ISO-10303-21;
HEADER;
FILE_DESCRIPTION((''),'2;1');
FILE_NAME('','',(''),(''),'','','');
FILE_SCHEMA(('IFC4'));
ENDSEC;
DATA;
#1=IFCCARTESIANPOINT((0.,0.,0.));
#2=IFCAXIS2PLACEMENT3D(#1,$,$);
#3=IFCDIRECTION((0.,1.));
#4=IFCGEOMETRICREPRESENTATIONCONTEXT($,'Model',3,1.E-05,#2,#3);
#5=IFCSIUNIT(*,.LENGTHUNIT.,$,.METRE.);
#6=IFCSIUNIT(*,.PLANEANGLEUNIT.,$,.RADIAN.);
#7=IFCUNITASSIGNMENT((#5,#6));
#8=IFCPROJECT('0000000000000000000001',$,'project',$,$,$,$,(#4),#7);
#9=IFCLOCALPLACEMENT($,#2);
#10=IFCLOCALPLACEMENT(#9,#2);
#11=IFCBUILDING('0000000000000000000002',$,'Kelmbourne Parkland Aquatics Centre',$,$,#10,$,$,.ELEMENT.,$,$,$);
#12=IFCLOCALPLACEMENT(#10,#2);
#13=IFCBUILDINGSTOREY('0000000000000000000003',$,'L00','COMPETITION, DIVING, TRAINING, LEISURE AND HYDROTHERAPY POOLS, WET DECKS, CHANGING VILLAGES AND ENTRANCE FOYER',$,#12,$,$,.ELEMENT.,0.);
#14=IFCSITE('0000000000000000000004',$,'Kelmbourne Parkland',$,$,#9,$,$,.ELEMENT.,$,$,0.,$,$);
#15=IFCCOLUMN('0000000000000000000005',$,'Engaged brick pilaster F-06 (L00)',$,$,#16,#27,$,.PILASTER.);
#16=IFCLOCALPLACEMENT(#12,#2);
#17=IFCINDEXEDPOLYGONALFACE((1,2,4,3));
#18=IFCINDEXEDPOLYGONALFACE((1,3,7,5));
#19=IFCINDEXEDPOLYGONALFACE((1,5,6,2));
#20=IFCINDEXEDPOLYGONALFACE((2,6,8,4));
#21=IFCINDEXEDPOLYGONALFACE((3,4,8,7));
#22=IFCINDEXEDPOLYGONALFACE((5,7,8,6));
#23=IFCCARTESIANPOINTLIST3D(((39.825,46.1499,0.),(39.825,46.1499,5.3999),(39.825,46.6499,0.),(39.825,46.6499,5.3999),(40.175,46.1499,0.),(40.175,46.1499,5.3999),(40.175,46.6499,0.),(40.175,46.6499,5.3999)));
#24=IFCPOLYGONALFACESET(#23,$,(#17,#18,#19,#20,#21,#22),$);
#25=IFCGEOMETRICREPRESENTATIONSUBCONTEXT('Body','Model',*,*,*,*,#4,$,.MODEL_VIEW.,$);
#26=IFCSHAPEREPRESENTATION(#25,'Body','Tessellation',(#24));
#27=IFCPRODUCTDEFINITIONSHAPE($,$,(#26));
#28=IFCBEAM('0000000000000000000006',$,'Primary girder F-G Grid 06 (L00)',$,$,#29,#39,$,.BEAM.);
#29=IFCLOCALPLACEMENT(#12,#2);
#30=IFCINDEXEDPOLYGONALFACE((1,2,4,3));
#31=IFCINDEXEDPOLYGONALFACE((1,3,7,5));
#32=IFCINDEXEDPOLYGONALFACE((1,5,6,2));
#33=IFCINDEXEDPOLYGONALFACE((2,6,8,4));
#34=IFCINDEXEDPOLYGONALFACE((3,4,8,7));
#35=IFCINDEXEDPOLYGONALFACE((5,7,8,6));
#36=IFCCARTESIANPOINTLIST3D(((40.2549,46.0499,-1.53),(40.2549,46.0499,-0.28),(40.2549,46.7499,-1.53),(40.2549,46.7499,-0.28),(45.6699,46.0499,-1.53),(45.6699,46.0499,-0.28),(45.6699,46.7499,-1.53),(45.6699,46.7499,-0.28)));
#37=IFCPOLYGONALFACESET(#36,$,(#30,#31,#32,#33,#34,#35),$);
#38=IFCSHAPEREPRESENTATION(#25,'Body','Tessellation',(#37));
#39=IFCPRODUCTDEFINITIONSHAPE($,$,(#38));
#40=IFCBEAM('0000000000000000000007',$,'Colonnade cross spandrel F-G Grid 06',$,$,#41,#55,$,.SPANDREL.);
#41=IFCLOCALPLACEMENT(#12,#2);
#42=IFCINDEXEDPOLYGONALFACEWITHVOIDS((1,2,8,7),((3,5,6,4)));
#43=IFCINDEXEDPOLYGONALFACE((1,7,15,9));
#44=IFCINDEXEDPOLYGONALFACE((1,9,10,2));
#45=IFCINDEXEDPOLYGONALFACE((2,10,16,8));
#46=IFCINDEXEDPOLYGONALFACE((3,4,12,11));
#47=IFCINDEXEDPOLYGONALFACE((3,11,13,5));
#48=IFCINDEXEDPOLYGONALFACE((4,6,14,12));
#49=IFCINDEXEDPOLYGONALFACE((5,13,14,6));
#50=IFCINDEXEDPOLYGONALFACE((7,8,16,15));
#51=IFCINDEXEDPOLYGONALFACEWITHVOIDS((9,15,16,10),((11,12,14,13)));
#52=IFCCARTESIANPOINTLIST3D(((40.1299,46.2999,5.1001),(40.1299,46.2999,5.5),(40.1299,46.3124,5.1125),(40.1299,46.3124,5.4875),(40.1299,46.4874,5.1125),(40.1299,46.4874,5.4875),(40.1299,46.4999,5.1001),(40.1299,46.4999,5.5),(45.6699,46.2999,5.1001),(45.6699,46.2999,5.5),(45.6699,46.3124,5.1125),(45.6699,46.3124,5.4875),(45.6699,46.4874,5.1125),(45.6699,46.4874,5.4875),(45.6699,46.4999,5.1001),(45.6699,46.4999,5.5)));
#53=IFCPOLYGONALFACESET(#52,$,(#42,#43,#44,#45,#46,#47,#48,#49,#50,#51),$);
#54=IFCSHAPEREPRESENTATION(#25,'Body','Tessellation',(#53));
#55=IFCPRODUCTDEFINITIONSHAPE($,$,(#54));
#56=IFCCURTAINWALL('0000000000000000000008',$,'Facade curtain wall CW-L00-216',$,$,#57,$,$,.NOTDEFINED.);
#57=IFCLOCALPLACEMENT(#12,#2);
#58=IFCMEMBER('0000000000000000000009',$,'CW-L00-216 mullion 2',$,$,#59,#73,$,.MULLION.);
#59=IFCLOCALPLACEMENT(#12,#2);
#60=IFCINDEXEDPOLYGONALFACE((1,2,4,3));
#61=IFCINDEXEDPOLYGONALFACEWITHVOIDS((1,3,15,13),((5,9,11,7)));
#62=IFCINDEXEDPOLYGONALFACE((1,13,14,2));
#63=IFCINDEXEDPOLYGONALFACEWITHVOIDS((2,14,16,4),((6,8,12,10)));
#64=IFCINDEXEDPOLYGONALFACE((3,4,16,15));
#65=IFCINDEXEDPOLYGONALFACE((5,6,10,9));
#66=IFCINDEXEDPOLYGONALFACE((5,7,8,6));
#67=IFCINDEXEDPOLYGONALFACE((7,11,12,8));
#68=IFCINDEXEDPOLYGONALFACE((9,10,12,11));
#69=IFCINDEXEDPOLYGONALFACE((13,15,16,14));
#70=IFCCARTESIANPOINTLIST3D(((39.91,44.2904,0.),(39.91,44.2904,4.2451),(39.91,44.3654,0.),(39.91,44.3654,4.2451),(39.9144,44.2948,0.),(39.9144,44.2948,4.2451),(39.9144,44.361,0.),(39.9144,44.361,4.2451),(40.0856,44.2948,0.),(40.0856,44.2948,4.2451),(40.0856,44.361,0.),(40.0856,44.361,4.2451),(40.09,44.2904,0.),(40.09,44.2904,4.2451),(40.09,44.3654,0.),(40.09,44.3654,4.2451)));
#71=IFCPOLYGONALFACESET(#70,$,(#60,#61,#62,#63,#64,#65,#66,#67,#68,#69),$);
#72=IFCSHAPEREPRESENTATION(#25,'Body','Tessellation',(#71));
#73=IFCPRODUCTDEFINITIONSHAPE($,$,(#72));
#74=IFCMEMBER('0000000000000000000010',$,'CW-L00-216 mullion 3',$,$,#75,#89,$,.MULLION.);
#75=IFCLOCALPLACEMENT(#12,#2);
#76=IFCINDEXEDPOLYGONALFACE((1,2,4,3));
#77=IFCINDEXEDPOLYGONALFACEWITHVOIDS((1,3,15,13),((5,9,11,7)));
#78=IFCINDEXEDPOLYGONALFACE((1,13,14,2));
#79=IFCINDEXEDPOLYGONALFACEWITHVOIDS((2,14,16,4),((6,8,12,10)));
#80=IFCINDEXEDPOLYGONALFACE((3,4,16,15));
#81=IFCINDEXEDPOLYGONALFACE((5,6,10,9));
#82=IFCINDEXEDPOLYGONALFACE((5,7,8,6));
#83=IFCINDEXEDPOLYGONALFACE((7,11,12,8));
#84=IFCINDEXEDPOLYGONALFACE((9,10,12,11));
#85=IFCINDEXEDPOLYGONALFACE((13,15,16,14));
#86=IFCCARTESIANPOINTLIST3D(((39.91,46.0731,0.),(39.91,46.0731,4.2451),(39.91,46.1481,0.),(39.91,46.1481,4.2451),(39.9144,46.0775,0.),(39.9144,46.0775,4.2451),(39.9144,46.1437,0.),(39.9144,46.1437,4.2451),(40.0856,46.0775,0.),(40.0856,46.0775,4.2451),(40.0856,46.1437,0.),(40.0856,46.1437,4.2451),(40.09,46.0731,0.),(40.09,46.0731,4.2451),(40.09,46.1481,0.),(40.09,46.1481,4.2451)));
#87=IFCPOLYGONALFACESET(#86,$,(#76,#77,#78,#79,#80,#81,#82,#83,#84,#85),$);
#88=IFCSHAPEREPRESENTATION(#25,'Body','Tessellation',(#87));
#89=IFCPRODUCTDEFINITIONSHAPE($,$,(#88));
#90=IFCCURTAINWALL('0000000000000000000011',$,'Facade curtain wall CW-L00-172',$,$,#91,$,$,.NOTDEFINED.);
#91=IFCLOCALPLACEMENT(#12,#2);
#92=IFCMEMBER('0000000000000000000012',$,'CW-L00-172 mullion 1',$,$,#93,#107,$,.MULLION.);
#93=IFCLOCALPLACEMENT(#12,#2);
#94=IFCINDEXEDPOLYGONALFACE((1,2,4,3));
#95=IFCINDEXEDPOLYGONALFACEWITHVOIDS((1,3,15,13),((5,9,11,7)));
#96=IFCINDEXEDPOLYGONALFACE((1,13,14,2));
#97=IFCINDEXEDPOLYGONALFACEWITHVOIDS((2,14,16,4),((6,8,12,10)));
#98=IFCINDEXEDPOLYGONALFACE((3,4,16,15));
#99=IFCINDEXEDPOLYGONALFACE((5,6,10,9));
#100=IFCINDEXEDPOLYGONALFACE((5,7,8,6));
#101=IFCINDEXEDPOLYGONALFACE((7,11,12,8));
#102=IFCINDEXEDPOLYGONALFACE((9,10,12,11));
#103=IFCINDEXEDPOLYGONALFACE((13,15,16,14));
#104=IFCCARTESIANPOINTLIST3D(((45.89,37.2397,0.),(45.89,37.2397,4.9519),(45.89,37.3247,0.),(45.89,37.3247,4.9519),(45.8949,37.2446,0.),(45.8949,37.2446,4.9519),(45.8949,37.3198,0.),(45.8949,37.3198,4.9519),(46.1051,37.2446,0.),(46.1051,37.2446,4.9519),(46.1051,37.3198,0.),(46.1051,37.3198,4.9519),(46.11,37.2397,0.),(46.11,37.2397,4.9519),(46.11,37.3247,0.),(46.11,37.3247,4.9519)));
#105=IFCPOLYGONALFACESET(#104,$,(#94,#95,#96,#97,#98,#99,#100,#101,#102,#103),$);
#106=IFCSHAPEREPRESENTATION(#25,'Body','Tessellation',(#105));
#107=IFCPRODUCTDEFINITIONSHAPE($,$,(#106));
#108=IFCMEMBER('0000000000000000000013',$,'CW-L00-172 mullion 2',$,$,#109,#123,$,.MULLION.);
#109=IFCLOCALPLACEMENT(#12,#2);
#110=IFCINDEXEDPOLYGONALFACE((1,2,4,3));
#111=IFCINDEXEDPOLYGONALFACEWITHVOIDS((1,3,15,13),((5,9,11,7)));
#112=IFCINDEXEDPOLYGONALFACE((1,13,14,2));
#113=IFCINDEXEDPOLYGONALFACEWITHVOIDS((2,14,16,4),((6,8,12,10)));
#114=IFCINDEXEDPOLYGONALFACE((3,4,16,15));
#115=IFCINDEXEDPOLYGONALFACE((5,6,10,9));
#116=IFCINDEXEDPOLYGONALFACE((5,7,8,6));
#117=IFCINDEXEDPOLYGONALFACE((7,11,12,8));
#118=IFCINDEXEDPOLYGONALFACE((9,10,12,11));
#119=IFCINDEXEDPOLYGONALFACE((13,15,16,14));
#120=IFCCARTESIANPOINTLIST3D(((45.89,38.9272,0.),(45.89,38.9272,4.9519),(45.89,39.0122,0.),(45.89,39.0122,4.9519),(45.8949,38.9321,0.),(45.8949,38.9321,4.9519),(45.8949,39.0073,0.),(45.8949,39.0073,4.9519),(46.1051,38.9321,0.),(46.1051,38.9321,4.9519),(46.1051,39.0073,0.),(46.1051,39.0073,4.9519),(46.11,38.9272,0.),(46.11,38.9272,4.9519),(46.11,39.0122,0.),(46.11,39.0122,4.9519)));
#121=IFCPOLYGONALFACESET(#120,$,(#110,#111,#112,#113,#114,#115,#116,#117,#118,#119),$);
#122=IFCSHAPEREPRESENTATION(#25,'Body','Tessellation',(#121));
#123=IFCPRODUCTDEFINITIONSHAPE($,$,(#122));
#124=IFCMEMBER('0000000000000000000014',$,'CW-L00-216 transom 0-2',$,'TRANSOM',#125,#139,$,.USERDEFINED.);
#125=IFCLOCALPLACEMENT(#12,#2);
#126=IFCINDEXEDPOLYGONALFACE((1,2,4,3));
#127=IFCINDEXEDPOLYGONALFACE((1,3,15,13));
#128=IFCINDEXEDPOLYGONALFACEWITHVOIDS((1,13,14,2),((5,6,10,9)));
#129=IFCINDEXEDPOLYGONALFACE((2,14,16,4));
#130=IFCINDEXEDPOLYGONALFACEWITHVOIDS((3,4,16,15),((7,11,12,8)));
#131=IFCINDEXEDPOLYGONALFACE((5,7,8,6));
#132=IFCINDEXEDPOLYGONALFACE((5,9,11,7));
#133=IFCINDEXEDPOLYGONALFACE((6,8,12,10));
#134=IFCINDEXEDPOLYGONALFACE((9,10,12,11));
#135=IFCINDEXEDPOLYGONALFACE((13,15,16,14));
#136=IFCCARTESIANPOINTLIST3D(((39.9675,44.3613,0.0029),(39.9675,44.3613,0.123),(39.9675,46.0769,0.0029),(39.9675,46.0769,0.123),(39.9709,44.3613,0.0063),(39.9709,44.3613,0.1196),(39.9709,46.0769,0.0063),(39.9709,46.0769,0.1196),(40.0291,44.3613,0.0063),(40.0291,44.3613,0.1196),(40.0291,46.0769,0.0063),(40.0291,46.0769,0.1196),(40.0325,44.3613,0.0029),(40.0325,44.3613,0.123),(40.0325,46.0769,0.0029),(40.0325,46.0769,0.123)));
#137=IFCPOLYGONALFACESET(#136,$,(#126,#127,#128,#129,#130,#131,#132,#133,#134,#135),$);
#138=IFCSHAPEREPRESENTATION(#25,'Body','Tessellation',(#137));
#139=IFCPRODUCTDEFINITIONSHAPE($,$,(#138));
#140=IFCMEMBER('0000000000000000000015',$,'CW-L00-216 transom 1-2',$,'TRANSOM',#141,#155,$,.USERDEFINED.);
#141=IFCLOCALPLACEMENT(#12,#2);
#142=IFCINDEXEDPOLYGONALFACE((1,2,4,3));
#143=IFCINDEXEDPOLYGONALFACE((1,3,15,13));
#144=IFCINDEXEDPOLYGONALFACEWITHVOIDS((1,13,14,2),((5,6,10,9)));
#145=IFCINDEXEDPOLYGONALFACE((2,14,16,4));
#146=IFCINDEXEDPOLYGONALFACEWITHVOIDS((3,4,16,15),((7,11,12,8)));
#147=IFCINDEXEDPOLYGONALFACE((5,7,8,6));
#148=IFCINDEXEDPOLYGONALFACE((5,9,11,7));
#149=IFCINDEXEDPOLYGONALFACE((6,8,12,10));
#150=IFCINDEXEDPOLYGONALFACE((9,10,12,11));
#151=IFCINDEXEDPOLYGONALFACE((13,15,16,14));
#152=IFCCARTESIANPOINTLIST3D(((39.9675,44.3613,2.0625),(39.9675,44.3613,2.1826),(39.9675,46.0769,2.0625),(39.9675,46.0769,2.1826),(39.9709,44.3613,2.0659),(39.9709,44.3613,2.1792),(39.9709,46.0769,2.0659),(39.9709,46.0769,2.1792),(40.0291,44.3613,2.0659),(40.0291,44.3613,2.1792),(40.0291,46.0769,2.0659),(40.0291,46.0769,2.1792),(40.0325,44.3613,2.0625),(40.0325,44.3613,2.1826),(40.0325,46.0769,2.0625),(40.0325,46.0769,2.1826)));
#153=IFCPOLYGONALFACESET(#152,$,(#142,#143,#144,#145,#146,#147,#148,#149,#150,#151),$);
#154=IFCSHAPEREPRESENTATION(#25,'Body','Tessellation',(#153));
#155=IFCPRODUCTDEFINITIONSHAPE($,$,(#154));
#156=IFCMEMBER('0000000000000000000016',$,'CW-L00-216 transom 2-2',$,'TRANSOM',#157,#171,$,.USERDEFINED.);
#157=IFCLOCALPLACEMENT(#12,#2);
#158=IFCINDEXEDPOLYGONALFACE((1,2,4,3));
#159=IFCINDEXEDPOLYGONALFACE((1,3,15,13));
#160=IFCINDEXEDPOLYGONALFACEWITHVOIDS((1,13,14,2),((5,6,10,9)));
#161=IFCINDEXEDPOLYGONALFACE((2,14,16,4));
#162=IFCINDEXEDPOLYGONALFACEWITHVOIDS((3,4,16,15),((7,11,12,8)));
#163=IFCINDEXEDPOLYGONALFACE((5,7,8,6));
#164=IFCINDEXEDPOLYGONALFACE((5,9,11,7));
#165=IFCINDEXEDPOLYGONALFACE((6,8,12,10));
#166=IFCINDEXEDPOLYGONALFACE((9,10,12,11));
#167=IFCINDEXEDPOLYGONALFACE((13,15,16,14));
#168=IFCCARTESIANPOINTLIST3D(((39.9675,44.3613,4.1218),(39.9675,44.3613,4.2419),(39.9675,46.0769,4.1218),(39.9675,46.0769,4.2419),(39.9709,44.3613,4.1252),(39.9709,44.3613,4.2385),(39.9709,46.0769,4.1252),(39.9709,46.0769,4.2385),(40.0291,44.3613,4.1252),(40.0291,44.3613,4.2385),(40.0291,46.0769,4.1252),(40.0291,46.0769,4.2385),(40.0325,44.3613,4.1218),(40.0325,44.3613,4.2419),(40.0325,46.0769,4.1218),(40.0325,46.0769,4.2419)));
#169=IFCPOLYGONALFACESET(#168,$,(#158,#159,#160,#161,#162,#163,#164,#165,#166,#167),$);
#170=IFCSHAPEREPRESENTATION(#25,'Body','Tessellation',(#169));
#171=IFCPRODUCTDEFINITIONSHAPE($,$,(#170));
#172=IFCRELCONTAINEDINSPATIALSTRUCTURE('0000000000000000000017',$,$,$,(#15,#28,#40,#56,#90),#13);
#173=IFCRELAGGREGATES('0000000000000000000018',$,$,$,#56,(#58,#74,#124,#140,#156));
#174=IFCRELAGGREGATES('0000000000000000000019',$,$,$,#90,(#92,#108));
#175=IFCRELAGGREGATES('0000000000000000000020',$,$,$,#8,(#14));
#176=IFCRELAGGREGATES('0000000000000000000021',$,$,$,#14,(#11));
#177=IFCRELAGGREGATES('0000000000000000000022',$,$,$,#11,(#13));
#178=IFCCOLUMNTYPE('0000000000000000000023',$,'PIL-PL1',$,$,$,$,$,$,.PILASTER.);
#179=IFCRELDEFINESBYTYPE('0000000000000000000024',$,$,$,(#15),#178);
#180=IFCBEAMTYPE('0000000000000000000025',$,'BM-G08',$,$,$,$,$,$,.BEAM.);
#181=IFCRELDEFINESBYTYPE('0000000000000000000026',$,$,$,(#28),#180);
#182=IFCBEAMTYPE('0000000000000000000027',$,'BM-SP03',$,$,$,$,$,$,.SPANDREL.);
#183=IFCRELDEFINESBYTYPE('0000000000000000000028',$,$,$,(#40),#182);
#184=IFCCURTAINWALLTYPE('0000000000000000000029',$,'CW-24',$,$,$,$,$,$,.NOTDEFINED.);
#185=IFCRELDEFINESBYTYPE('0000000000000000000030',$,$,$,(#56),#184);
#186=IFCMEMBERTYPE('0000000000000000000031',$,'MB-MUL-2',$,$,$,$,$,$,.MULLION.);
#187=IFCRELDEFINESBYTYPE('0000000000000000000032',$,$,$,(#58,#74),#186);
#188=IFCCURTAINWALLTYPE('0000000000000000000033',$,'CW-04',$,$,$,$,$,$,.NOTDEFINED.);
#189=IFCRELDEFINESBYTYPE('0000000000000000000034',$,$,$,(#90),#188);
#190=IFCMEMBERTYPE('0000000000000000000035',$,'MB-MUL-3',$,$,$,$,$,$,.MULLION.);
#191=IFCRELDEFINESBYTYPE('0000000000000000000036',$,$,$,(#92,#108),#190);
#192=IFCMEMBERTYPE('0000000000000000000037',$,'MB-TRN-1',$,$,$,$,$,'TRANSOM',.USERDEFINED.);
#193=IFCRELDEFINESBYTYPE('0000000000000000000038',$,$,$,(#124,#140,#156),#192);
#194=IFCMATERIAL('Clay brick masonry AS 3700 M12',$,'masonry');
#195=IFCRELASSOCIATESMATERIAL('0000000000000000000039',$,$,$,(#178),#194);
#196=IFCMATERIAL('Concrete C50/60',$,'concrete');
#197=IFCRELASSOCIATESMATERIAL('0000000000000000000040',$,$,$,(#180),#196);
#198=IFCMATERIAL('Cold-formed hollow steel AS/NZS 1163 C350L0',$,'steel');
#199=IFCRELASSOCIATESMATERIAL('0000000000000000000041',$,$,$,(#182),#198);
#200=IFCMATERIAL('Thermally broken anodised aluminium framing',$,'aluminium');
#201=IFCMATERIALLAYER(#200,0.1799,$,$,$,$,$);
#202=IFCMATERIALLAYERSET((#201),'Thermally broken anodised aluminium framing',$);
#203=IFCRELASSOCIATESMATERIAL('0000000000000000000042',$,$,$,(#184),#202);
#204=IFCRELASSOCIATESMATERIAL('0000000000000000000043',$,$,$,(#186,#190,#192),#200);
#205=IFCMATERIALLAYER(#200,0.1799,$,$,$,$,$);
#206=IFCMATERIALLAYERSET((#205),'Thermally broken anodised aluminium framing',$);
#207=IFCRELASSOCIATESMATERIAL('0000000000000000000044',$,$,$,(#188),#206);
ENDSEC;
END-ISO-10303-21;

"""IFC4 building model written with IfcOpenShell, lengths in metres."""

from ifc_helpers import new_model, si_unit, direction, frame, origin, origin_2d, place, context, subcontext, project, spatial, rectangle, hollow_rectangle, extrude, material, layer, layer_set, material_profile, profile_set, type_object, element, aggregate, save


model = new_model("IFC4")

# Units and contexts
model_context = context("Model", 3, precision=1e-05, world=origin(), true_north=direction((0.0, 1.0)))
body_context = subcontext(model_context, "Body", "Model", "MODEL_VIEW")
ifc_project = project(units=[si_unit("LENGTHUNIT", "METRE"), si_unit("PLANEANGLEUNIT", "RADIAN")], contexts=[model_context])

# Site, building, storey
site_placement = place(None, origin())
site = spatial("IfcSite", under=ifc_project, at=site_placement, Name="Kelmbourne Parkland", CompositionType="ELEMENT", RefElevation=0.0)
building_placement = place(site_placement, origin())
building = spatial("IfcBuilding", under=site, at=building_placement, Name="Kelmbourne Parkland Aquatics Centre", CompositionType="ELEMENT")
storey_placement = place(building_placement, origin())
storey = spatial("IfcBuildingStorey", under=building, at=storey_placement, Name="L00", Description="COMPETITION, DIVING, TRAINING, LEISURE AND HYDROTHERAPY POOLS, WET DECKS, CHANGING VILLAGES AND ENTRANCE FOYER", CompositionType="ELEMENT", Elevation=0.0)

# Column
ifc_material_1 = material(Name="Clay brick masonry AS 3700 M12", Category="masonry")
ifc_material_profile_1 = material_profile(ifc_material_1, rectangle(XDim=0.3501, YDim=0.5, at=origin_2d()), Name="PIL 350x500")
ifc_profile_set_1 = profile_set([ifc_material_profile_1], Name="Clay brick masonry AS 3700 M12")
column_type = type_object("IfcColumnType", Name="PIL-PL1", PredefinedType="PILASTER", material=ifc_profile_set_1)
column_placement = place(storey_placement, frame((40.0, 46.3999, 0.0), z_axis=(0.0, 0.0, 1.0), x_axis=(1.0, 0.0, 0.0)))
element("IfcColumn", 1, at=column_placement, inside=storey, type_object=column_type, Name="Engaged brick pilaster F-06 (L00)", PredefinedType="PILASTER", context=body_context, shape_type="SweptSolid", body=[
    extrude(rectangle(XDim=0.3501, YDim=0.5, at=origin_2d()), origin(), (0.0, 0.0, 1.0), 5.3999),
])

# Beams
ifc_material_2 = material(Name="Concrete C50/60", Category="concrete")
ifc_material_profile_2 = material_profile(ifc_material_2, rectangle(XDim=0.7, YDim=1.25, at=origin_2d()), Name="RC 700x1250")
ifc_profile_set_2 = profile_set([ifc_material_profile_2], Name="Concrete C50/60")
beam_type_1 = type_object("IfcBeamType", Name="BM-G08", PredefinedType="BEAM", material=ifc_profile_set_2)
beam_1_placement = place(storey_placement, frame((40.2549, 46.3999, -0.905), z_axis=(1.0, 0.0, 0.0), x_axis=(0.0, 1.0, 0.0)))
element("IfcBeam", 2, at=beam_1_placement, inside=storey, type_object=beam_type_1, Name="Primary girder F-G Grid 06 (L00)", PredefinedType="BEAM", context=body_context, shape_type="SweptSolid", body=[
    extrude(rectangle(XDim=0.7, YDim=1.25, at=origin_2d()), origin(), (0.0, 0.0, 1.0), 5.415),
])
ifc_material_3 = material(Name="Cold-formed hollow steel AS/NZS 1163 C350L0", Category="steel")
ifc_material_profile_3 = material_profile(ifc_material_3, hollow_rectangle(XDim=0.2, YDim=0.3999, WallThickness=0.0125, at=origin_2d()), Name="RHS 400x200x12.5")
ifc_profile_set_3 = profile_set([ifc_material_profile_3], Name="Cold-formed hollow steel AS/NZS 1163 C350L0")
beam_type_2 = type_object("IfcBeamType", Name="BM-SP03", PredefinedType="SPANDREL", material=ifc_profile_set_3)
beam_2_placement = place(storey_placement, frame((40.1299, 46.3999, 5.3), z_axis=(1.0, 0.0, 0.0), x_axis=(0.0, 1.0, 0.0)))
element("IfcBeam", 3, at=beam_2_placement, inside=storey, type_object=beam_type_2, Name="Colonnade cross spandrel F-G Grid 06", PredefinedType="SPANDREL", context=body_context, shape_type="SweptSolid", body=[
    extrude(hollow_rectangle(XDim=0.2, YDim=0.3999, WallThickness=0.0125, at=origin_2d()), origin(), (0.0, 0.0, 1.0), 5.54),
])

# Curtain walls, members
ifc_material_4 = material(Name="Thermally broken anodised aluminium framing", Category="aluminium")
ifc_layer_1 = layer(ifc_material_4, 0.1799)
ifc_layer_set_1 = layer_set([ifc_layer_1], Name="Thermally broken anodised aluminium framing")
curtain_wall_type_1 = type_object("IfcCurtainWallType", Name="CW-24", PredefinedType="NOTDEFINED", material=ifc_layer_set_1)
curtain_wall_1_placement = place(storey_placement, origin())
curtain_wall_1 = element("IfcCurtainWall", 4, at=curtain_wall_1_placement, inside=storey, type_object=curtain_wall_type_1, Name="Facade curtain wall CW-L00-216", PredefinedType="NOTDEFINED")
ifc_material_profile_4 = material_profile(ifc_material_4, hollow_rectangle(XDim=0.075, YDim=0.1799, WallThickness=0.0044, at=origin_2d()), Name="CW-M 75x180")
ifc_profile_set_4 = profile_set([ifc_material_profile_4], Name="Thermally broken anodised aluminium framing")
member_type_1 = type_object("IfcMemberType", Name="MB-MUL-2", PredefinedType="MULLION", material=ifc_profile_set_4)
member_1_placement = place(storey_placement, frame((40.0, 44.3279, 0.0), z_axis=(0.0, 0.0, 1.0), x_axis=(0.0, 1.0, 0.0)))
member_1 = element("IfcMember", 5, at=member_1_placement, type_object=member_type_1, Name="CW-L00-216 mullion 2", PredefinedType="MULLION", context=body_context, shape_type="SweptSolid", body=[
    extrude(hollow_rectangle(XDim=0.075, YDim=0.1799, WallThickness=0.0044, at=origin_2d()), origin(), (0.0, 0.0, 1.0), 4.2451),
])
member_2_placement = place(storey_placement, frame((40.0, 46.1106, 0.0), z_axis=(0.0, 0.0, 1.0), x_axis=(0.0, 1.0, 0.0)))
member_2 = element("IfcMember", 6, at=member_2_placement, type_object=member_type_1, Name="CW-L00-216 mullion 3", PredefinedType="MULLION", context=body_context, shape_type="SweptSolid", body=[
    extrude(hollow_rectangle(XDim=0.075, YDim=0.1799, WallThickness=0.0044, at=origin_2d()), origin(), (0.0, 0.0, 1.0), 4.2451),
])
ifc_layer_2 = layer(ifc_material_4, 0.1799)
ifc_layer_set_2 = layer_set([ifc_layer_2], Name="Thermally broken anodised aluminium framing")
curtain_wall_type_2 = type_object("IfcCurtainWallType", Name="CW-04", PredefinedType="NOTDEFINED", material=ifc_layer_set_2)
curtain_wall_2_placement = place(storey_placement, origin())
curtain_wall_2 = element("IfcCurtainWall", 7, at=curtain_wall_2_placement, inside=storey, type_object=curtain_wall_type_2, Name="Facade curtain wall CW-L00-172", PredefinedType="NOTDEFINED")
ifc_material_profile_5 = material_profile(ifc_material_4, hollow_rectangle(XDim=0.085, YDim=0.22, WallThickness=0.0049, at=origin_2d()), Name="CW-M 85x220")
ifc_profile_set_5 = profile_set([ifc_material_profile_5], Name="Thermally broken anodised aluminium framing")
member_type_2 = type_object("IfcMemberType", Name="MB-MUL-3", PredefinedType="MULLION", material=ifc_profile_set_5)
member_3_placement = place(storey_placement, frame((46.0, 37.2822, 0.0), z_axis=(0.0, 0.0, 1.0), x_axis=(0.0, 1.0, 0.0)))
member_3 = element("IfcMember", 8, at=member_3_placement, type_object=member_type_2, Name="CW-L00-172 mullion 1", PredefinedType="MULLION", context=body_context, shape_type="SweptSolid", body=[
    extrude(hollow_rectangle(XDim=0.085, YDim=0.22, WallThickness=0.0049, at=origin_2d()), origin(), (0.0, 0.0, 1.0), 4.9519),
])
member_4_placement = place(storey_placement, frame((46.0, 38.9697, 0.0), z_axis=(0.0, 0.0, 1.0), x_axis=(0.0, 1.0, 0.0)))
member_4 = element("IfcMember", 9, at=member_4_placement, type_object=member_type_2, Name="CW-L00-172 mullion 2", PredefinedType="MULLION", context=body_context, shape_type="SweptSolid", body=[
    extrude(hollow_rectangle(XDim=0.085, YDim=0.22, WallThickness=0.0049, at=origin_2d()), origin(), (0.0, 0.0, 1.0), 4.9519),
])

# Members
ifc_material_profile_6 = material_profile(ifc_material_4, hollow_rectangle(XDim=0.0649, YDim=0.1201, WallThickness=0.0034, at=origin_2d()), Name="CW-T 65x120")
ifc_profile_set_6 = profile_set([ifc_material_profile_6], Name="Thermally broken anodised aluminium framing")
member_type_3 = type_object("IfcMemberType", Name="MB-TRN-1", ElementType="TRANSOM", PredefinedType="USERDEFINED", material=ifc_profile_set_6)
member_5_placement = place(storey_placement, frame((40.0, 44.3613, 0.063), z_axis=(0.0, 1.0, 0.0), x_axis=(-1.0, 0.0, 0.0)))
member_5 = element("IfcMember", 10, at=member_5_placement, type_object=member_type_3, Name="CW-L00-216 transom 0-2", ObjectType="TRANSOM", PredefinedType="USERDEFINED", context=body_context, shape_type="SweptSolid", body=[
    extrude(hollow_rectangle(XDim=0.0649, YDim=0.1201, WallThickness=0.0034, at=origin_2d()), origin(), (0.0, 0.0, 1.0), 1.7156),
])
member_6_placement = place(storey_placement, frame((40.0, 44.3613, 2.1226), z_axis=(0.0, 1.0, 0.0), x_axis=(-1.0, 0.0, 0.0)))
member_6 = element("IfcMember", 11, at=member_6_placement, type_object=member_type_3, Name="CW-L00-216 transom 1-2", ObjectType="TRANSOM", PredefinedType="USERDEFINED", context=body_context, shape_type="SweptSolid", body=[
    extrude(hollow_rectangle(XDim=0.0649, YDim=0.1201, WallThickness=0.0034, at=origin_2d()), origin(), (0.0, 0.0, 1.0), 1.7156),
])
member_7_placement = place(storey_placement, frame((40.0, 44.3613, 4.1819), z_axis=(0.0, 1.0, 0.0), x_axis=(-1.0, 0.0, 0.0)))
member_7 = element("IfcMember", 12, at=member_7_placement, type_object=member_type_3, Name="CW-L00-216 transom 2-2", ObjectType="TRANSOM", PredefinedType="USERDEFINED", context=body_context, shape_type="SweptSolid", body=[
    extrude(hollow_rectangle(XDim=0.0649, YDim=0.1201, WallThickness=0.0034, at=origin_2d()), origin(), (0.0, 0.0, 1.0), 1.7156),
])

aggregate(curtain_wall_1, [member_1, member_2, member_5, member_6, member_7])
aggregate(curtain_wall_2, [member_3, member_4])

save(model, "model.ifc")
